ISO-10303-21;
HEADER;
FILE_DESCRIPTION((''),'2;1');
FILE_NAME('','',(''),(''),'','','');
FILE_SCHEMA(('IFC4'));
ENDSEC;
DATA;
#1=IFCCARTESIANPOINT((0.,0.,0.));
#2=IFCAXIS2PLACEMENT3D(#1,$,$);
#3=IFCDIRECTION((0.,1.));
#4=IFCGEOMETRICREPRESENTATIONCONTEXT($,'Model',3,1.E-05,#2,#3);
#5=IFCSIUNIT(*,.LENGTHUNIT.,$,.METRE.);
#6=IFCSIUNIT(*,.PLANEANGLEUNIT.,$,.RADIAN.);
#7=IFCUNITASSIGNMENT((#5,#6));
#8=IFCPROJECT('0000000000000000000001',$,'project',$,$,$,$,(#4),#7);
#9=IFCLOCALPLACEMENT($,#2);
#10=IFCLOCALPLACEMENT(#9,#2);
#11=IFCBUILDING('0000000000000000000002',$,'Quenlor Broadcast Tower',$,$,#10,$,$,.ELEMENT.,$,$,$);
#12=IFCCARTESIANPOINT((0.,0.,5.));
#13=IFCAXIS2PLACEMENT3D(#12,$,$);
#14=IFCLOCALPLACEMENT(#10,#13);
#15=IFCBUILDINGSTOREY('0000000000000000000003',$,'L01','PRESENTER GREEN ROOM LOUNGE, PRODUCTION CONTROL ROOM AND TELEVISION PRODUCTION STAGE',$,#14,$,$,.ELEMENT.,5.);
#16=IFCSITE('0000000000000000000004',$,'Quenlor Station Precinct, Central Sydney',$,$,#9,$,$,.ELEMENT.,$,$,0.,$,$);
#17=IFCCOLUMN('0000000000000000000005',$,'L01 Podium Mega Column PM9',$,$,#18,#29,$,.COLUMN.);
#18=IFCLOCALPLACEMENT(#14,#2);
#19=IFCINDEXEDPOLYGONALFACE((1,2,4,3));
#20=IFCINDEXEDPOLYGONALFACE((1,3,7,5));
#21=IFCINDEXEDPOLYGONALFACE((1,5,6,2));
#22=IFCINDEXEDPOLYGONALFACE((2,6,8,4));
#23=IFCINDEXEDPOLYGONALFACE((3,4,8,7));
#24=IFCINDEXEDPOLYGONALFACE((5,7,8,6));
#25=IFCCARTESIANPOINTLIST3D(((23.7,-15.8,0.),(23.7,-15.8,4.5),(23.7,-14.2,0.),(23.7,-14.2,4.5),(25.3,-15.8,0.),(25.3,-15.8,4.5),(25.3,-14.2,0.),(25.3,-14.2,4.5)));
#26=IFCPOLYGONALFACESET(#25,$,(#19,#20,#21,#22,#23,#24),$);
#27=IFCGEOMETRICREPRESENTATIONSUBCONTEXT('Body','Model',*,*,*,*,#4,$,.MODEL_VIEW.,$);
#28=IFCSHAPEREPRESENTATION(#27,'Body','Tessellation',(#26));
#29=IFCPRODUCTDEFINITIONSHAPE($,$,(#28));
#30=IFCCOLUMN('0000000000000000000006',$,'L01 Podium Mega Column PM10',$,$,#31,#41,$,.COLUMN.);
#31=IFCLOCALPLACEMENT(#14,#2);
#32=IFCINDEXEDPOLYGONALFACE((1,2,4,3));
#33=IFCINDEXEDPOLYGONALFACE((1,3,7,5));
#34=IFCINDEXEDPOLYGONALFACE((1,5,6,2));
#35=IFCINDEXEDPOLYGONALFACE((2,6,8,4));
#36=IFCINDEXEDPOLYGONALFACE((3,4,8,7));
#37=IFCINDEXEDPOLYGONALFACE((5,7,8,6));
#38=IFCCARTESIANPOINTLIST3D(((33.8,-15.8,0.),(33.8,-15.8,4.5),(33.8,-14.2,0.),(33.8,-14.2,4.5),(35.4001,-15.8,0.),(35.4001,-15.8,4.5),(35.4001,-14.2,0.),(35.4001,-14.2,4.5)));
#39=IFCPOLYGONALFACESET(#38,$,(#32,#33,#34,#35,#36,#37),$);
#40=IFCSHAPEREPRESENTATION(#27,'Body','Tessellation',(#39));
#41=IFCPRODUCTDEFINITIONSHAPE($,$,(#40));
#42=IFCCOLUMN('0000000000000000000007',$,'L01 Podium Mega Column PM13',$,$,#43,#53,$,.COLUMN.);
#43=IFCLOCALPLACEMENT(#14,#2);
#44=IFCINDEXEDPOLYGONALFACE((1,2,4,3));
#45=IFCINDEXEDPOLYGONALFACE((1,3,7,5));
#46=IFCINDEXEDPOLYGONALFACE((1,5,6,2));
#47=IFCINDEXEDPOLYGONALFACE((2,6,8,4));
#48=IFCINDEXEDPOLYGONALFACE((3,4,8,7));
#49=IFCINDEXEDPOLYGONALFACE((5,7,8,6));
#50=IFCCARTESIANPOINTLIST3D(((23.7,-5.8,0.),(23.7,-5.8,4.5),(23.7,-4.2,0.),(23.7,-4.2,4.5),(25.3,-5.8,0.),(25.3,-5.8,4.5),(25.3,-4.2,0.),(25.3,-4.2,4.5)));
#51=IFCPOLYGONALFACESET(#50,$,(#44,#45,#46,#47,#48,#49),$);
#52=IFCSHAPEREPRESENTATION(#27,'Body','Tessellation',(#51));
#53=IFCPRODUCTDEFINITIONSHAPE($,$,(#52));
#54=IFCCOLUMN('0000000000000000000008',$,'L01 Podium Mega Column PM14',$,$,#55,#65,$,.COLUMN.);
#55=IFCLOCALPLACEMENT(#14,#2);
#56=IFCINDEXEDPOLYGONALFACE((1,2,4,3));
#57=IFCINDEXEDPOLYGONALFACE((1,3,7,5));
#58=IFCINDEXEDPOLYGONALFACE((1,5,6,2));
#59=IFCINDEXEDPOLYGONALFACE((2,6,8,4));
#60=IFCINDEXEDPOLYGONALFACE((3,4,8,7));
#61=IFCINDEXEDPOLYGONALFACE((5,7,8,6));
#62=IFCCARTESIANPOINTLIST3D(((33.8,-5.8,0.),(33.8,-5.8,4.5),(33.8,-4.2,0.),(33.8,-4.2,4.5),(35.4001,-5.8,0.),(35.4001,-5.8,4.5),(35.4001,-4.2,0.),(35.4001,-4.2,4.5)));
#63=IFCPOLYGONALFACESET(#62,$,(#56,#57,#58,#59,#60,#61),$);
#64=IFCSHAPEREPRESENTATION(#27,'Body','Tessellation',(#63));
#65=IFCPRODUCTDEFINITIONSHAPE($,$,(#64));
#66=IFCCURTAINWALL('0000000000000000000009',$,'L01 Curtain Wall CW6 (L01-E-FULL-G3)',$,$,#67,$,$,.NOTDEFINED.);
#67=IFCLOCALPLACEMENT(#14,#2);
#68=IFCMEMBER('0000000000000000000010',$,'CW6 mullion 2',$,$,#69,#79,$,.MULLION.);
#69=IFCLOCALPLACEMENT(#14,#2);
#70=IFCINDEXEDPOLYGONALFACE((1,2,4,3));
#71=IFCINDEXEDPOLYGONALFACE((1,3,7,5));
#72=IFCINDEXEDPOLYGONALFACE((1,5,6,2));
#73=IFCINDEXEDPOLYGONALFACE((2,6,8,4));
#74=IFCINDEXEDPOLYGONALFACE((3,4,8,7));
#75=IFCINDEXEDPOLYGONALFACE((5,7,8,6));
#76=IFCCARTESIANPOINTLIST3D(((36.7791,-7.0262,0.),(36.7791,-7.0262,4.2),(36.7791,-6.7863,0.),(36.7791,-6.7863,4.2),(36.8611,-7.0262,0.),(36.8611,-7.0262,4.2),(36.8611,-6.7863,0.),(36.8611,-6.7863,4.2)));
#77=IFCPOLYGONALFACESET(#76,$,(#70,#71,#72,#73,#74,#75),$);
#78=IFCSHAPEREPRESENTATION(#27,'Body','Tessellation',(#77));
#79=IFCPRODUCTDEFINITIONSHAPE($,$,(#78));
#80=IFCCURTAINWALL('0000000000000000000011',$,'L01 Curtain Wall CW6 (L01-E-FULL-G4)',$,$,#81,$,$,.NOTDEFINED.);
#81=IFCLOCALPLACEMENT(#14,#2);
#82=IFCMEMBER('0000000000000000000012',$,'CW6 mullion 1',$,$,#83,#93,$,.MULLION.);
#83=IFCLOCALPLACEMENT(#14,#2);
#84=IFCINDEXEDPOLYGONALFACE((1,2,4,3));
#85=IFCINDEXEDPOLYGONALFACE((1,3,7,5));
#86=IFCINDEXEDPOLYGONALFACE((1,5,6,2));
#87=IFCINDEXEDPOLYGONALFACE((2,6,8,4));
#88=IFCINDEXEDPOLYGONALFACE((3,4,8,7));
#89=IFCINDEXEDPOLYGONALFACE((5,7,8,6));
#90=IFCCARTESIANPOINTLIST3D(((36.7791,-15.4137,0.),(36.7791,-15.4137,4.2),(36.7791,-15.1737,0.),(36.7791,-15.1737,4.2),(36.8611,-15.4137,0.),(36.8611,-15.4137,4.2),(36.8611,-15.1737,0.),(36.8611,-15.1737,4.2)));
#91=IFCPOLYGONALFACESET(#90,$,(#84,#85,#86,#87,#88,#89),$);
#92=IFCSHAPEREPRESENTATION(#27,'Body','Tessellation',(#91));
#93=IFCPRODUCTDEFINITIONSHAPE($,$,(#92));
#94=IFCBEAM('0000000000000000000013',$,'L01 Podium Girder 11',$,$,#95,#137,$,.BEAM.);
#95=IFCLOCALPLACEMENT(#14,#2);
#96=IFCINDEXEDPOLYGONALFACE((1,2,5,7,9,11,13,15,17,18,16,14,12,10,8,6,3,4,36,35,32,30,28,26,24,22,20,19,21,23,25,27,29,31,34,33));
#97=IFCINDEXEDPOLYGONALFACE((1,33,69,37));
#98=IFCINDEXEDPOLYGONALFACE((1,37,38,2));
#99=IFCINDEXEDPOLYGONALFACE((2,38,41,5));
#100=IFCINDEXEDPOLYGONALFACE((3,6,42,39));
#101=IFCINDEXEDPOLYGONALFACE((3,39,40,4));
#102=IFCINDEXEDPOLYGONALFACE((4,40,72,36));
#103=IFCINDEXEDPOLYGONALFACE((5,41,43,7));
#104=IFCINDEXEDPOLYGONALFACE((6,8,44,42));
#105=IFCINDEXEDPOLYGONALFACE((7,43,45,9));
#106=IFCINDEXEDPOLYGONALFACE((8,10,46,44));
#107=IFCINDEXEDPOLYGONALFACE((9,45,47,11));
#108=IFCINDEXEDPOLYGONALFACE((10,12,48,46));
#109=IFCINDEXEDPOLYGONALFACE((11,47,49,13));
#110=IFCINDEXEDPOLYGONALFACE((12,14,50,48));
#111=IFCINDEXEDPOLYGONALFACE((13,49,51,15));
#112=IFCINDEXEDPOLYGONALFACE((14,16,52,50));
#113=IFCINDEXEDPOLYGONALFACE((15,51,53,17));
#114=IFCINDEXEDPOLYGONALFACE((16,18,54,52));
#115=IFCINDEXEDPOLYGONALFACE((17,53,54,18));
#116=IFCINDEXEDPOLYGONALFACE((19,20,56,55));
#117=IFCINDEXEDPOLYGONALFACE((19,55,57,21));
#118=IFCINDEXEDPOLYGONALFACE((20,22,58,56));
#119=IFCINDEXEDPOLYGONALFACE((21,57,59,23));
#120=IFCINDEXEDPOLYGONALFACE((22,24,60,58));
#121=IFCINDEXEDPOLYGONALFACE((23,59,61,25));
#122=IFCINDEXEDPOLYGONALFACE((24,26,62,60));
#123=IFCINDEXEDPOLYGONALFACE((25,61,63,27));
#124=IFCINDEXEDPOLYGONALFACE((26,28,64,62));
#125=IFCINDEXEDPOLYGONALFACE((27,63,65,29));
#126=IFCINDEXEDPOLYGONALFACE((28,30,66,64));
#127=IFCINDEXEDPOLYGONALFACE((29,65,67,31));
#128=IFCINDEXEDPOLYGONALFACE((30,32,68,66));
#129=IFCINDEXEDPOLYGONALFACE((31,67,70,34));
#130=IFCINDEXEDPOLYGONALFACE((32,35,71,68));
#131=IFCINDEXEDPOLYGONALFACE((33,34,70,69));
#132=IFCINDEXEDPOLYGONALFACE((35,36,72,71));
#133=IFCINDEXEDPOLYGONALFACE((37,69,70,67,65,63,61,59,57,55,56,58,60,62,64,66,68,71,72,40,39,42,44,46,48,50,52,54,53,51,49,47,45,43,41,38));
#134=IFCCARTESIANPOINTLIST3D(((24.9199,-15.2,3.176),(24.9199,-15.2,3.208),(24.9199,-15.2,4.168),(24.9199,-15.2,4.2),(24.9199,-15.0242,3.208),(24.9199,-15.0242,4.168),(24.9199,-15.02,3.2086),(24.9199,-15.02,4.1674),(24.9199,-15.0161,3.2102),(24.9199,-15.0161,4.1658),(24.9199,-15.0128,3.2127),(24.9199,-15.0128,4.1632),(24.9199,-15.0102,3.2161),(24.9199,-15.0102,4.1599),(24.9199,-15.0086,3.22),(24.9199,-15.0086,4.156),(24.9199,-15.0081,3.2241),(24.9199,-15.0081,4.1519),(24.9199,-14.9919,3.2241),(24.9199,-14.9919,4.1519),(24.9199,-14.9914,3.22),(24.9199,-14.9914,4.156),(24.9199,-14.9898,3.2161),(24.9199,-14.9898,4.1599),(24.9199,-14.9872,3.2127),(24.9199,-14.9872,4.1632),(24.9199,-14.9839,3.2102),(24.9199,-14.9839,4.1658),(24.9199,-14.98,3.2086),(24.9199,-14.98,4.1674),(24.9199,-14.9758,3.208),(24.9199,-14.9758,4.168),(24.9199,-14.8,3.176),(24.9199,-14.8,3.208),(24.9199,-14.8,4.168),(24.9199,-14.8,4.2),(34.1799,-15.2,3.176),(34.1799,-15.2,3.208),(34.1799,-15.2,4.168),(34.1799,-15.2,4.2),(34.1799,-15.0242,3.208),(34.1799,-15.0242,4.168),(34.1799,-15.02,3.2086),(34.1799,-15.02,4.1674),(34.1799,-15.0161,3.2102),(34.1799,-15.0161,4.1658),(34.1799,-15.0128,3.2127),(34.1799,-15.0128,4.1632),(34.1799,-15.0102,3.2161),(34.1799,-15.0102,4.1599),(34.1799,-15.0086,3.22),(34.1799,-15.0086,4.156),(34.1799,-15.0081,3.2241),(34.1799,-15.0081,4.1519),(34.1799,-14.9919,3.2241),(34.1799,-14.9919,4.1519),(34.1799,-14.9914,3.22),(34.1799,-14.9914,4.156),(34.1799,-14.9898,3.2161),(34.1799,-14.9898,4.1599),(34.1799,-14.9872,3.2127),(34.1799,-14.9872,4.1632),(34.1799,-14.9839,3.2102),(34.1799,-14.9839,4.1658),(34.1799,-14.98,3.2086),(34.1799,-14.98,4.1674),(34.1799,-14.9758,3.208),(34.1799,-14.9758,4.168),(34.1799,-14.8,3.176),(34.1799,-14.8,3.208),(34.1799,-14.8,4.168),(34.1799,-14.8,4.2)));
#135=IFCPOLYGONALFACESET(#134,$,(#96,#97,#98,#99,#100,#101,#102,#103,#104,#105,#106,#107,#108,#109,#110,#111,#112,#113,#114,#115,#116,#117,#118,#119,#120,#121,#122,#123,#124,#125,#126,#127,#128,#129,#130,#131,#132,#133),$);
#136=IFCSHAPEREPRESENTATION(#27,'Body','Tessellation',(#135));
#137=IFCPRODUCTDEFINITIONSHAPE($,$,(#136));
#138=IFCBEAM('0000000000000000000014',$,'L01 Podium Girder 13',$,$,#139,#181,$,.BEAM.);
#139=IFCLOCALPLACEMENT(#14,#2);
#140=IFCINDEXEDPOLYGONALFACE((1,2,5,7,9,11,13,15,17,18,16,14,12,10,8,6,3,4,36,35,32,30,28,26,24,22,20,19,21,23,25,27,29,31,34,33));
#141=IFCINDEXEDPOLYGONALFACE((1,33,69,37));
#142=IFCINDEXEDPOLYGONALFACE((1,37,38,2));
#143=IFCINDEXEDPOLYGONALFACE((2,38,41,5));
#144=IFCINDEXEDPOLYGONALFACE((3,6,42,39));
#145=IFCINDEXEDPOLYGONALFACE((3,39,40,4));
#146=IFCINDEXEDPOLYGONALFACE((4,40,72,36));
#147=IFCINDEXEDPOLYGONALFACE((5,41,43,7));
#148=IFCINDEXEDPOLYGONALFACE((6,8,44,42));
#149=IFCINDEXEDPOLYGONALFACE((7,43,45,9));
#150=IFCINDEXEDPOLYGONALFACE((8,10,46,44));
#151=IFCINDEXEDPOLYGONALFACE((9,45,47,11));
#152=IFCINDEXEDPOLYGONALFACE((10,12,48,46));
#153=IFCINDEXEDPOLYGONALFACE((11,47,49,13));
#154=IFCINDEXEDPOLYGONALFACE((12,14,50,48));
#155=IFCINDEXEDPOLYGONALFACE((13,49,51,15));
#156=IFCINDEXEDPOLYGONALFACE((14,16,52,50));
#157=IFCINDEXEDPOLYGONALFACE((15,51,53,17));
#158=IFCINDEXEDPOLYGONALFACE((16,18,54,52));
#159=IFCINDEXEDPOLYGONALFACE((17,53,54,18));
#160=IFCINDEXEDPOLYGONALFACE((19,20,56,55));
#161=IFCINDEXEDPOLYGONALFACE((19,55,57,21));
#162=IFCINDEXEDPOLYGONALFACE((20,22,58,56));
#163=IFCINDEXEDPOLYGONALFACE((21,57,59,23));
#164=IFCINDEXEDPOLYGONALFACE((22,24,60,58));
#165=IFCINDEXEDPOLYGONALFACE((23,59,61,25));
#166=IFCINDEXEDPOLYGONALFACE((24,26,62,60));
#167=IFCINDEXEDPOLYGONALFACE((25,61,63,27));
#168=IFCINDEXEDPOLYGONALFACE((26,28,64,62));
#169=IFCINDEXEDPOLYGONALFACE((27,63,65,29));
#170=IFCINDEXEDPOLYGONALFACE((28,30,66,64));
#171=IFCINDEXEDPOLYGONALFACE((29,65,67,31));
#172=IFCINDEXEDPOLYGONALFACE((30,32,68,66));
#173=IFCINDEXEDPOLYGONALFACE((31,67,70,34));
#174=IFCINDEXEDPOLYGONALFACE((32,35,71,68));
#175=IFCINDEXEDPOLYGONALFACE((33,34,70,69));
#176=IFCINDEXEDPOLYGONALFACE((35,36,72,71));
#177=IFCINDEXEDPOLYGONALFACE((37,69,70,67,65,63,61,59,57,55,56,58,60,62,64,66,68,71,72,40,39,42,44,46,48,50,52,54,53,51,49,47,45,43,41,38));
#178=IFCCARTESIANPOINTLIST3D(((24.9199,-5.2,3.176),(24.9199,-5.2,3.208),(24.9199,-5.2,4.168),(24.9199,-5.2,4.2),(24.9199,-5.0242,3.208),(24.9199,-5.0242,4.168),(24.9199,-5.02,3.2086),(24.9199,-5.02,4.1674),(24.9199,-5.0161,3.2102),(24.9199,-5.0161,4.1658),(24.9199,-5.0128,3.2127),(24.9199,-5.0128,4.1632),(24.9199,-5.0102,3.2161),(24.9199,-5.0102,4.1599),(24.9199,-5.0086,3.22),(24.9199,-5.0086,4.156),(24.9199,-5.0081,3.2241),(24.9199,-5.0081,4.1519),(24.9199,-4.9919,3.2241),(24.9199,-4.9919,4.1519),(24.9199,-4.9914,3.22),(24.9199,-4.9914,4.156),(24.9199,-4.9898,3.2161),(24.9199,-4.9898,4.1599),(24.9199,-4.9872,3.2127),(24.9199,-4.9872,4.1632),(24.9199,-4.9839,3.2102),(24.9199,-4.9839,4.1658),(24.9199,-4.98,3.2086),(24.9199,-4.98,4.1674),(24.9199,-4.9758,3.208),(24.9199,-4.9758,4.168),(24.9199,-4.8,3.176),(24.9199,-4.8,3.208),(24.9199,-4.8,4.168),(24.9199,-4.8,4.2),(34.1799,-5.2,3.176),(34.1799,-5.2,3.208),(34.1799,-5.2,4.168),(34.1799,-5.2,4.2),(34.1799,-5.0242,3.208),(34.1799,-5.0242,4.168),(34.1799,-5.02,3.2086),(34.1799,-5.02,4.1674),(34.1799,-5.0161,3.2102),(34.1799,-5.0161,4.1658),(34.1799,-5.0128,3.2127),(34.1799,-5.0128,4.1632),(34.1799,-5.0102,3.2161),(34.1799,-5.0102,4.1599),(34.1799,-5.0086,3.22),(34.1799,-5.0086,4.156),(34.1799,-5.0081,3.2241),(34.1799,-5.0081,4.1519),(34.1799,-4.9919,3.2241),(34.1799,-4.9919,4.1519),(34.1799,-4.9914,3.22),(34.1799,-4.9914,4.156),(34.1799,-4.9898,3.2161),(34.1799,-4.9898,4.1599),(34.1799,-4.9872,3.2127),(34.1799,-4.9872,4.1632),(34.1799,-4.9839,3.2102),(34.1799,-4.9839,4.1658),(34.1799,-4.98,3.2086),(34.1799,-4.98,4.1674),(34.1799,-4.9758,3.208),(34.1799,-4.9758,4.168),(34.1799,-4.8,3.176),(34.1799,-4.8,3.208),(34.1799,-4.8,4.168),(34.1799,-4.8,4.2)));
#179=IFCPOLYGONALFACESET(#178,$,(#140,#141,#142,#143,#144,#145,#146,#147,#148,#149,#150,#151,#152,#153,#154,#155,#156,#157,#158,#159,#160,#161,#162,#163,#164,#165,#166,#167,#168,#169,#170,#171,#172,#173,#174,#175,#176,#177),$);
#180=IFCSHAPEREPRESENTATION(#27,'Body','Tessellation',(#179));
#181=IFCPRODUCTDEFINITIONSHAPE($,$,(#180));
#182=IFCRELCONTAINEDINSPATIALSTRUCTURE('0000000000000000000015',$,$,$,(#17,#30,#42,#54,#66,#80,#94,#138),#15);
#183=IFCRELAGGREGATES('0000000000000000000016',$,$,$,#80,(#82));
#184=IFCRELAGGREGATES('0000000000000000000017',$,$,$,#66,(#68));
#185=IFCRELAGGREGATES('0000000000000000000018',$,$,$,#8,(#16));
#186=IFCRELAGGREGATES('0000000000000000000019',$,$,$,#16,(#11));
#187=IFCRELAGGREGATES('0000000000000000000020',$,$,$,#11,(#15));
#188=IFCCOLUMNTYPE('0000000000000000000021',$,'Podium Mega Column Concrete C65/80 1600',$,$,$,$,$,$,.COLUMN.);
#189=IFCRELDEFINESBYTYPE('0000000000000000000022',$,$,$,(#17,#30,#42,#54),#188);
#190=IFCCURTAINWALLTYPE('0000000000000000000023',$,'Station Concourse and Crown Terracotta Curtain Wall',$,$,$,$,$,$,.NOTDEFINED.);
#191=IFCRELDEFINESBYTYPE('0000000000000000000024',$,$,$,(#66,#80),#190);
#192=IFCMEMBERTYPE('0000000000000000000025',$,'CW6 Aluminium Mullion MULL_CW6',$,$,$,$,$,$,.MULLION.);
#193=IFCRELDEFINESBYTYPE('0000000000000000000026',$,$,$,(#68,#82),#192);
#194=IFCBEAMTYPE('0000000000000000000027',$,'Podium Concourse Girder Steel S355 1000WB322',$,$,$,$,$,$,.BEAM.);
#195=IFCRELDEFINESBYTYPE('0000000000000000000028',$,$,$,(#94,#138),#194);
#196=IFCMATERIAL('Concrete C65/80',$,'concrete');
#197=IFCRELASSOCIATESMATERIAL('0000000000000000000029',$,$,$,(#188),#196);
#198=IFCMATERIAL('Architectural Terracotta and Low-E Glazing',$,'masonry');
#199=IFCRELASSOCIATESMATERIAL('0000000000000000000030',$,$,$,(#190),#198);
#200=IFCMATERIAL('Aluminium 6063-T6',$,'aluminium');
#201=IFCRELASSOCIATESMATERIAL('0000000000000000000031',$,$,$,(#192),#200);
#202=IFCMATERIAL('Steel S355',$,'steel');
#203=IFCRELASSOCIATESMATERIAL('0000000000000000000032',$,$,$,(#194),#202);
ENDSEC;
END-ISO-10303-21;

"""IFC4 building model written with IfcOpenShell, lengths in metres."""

from ifc_helpers import new_model, si_unit, direction, frame, origin, origin_2d, place, context, subcontext, project, spatial, rectangle, i_section, extrude, material, material_profile, profile_set, type_object, element, aggregate, save


model = new_model("IFC4")

# Units and contexts
model_context = context("Model", 3, precision=1e-05, world=origin(), true_north=direction((0.0, 1.0)))
body_context = subcontext(model_context, "Body", "Model", "MODEL_VIEW")
ifc_project = project(units=[si_unit("LENGTHUNIT", "METRE"), si_unit("PLANEANGLEUNIT", "RADIAN")], contexts=[model_context])

# Site, building, storey
site_placement = place(None, origin())
site = spatial("IfcSite", under=ifc_project, at=site_placement, Name="Quenlor Station Precinct, Central Sydney", CompositionType="ELEMENT", RefElevation=0.0)
building_placement = place(site_placement, origin())
building = spatial("IfcBuilding", under=site, at=building_placement, Name="Quenlor Broadcast Tower", CompositionType="ELEMENT")
storey_placement = place(building_placement, frame((0.0, 0.0, 5.0)))
storey = spatial("IfcBuildingStorey", under=building, at=storey_placement, Name="L01", Description="PRESENTER GREEN ROOM LOUNGE, PRODUCTION CONTROL ROOM AND TELEVISION PRODUCTION STAGE", CompositionType="ELEMENT", Elevation=5.0)

# Columns
ifc_material_1 = material(Name="Concrete C65/80", Category="concrete")
ifc_material_profile_1 = material_profile(ifc_material_1, rectangle(XDim=1.6001, YDim=1.6001, at=origin_2d()))
ifc_profile_set_1 = profile_set([ifc_material_profile_1], Name="Concrete C65/80 RC1600x1600")
column_type = type_object("IfcColumnType", Name="Podium Mega Column Concrete C65/80 1600", PredefinedType="COLUMN", material=ifc_profile_set_1)
for number, where, z_axis, x_axis, name in (
    (1, (24.5, -15.0, 0.0), (0.0, 0.0, 1.0), (1.0, 0.0, 0.0), "L01 Podium Mega Column PM9"),
    (2, (34.6001, -15.0, 0.0), (0.0, 0.0, 1.0), (1.0, 0.0, 0.0), "L01 Podium Mega Column PM10"),
    (3, (24.5, -5.0, 0.0), (0.0, 0.0, 1.0), (1.0, 0.0, 0.0), "L01 Podium Mega Column PM13"),
    (4, (34.6001, -5.0, 0.0), (0.0, 0.0, 1.0), (1.0, 0.0, 0.0), "L01 Podium Mega Column PM14"),
):
    element("IfcColumn", number, at=place(storey_placement, frame(where, z_axis=z_axis, x_axis=x_axis)), inside=storey, type_object=column_type, Name=name, PredefinedType="COLUMN", context=body_context, shape_type="SweptSolid", body=[
        extrude(rectangle(XDim=1.6001, YDim=1.6001, at=origin_2d()), origin(), (0.0, 0.0, 1.0), 4.5),
    ])

# Curtain walls, members
ifc_material_2 = material(Name="Architectural Terracotta and Low-E Glazing", Category="masonry")
curtain_wall_type = type_object("IfcCurtainWallType", Name="Station Concourse and Crown Terracotta Curtain Wall", PredefinedType="NOTDEFINED", material=ifc_material_2)
curtain_wall_1_placement = place(storey_placement, origin())
curtain_wall_1 = element("IfcCurtainWall", 5, at=curtain_wall_1_placement, inside=storey, type_object=curtain_wall_type, Name="L01 Curtain Wall CW6 (L01-E-FULL-G3)", PredefinedType="NOTDEFINED")
ifc_material_3 = material(Name="Aluminium 6063-T6", Category="aluminium")
ifc_material_profile_2 = material_profile(ifc_material_3, rectangle(XDim=0.082, YDim=0.24, at=origin_2d()))
ifc_profile_set_2 = profile_set([ifc_material_profile_2], Name="Aluminium 6063-T6 MULL82x240")
member_type = type_object("IfcMemberType", Name="CW6 Aluminium Mullion MULL_CW6", PredefinedType="MULLION", material=ifc_profile_set_2)
member_1_placement = place(storey_placement, frame((36.8201, -6.9062, 0.0), z_axis=(0.0, 0.0, 1.0), x_axis=(1.0, 0.0, 0.0)))
member_1 = element("IfcMember", 6, at=member_1_placement, type_object=member_type, Name="CW6 mullion 2", PredefinedType="MULLION", context=body_context, shape_type="SweptSolid", body=[
    extrude(rectangle(XDim=0.082, YDim=0.24, at=origin_2d()), origin(), (0.0, 0.0, 1.0), 4.2),
])
curtain_wall_2_placement = place(storey_placement, origin())
curtain_wall_2 = element("IfcCurtainWall", 7, at=curtain_wall_2_placement, inside=storey, type_object=curtain_wall_type, Name="L01 Curtain Wall CW6 (L01-E-FULL-G4)", PredefinedType="NOTDEFINED")
member_2_placement = place(storey_placement, frame((36.8201, -15.2937, 0.0), z_axis=(0.0, 0.0, 1.0), x_axis=(1.0, 0.0, 0.0)))
member_2 = element("IfcMember", 8, at=member_2_placement, type_object=member_type, Name="CW6 mullion 1", PredefinedType="MULLION", context=body_context, shape_type="SweptSolid", body=[
    extrude(rectangle(XDim=0.082, YDim=0.24, at=origin_2d()), origin(), (0.0, 0.0, 1.0), 4.2),
])
aggregate(curtain_wall_2, [member_2])

# Beams
ifc_material_4 = material(Name="Steel S355", Category="steel")
ifc_material_profile_3 = material_profile(ifc_material_4, i_section(OverallWidth=0.3999, OverallDepth=1.0239, WebThickness=0.0161, FlangeThickness=0.032, FilletRadius=0.0161, at=origin_2d()))
ifc_profile_set_3 = profile_set([ifc_material_profile_3], Name="Steel S355 1000WB322")
beam_type_1 = type_object("IfcBeamType", Name="Podium Concourse Girder Steel S355 1000WB322", PredefinedType="BEAM", material=ifc_profile_set_3)
for number, where, z_axis, x_axis, name in (
    (9, (24.9199, -15.0, 3.688), (1.0, 0.0, 0.0), (0.0, 1.0, 0.0), "L01 Podium Girder 11"),
    (10, (24.9199, -5.0, 3.688), (1.0, 0.0, 0.0), (0.0, 1.0, 0.0), "L01 Podium Girder 13"),
):
    element("IfcBeam", number, at=place(storey_placement, frame(where, z_axis=z_axis, x_axis=x_axis)), inside=storey, type_object=beam_type_1, Name=name, PredefinedType="BEAM", context=body_context, shape_type="SweptSolid", body=[
        extrude(i_section(OverallWidth=0.3999, OverallDepth=1.0239, WebThickness=0.0161, FlangeThickness=0.032, FilletRadius=0.0161, at=origin_2d()), origin(), (0.0, 0.0, 1.0), 9.26),
    ])

aggregate(curtain_wall_1, [member_1])

save(model, "model.ifc")
